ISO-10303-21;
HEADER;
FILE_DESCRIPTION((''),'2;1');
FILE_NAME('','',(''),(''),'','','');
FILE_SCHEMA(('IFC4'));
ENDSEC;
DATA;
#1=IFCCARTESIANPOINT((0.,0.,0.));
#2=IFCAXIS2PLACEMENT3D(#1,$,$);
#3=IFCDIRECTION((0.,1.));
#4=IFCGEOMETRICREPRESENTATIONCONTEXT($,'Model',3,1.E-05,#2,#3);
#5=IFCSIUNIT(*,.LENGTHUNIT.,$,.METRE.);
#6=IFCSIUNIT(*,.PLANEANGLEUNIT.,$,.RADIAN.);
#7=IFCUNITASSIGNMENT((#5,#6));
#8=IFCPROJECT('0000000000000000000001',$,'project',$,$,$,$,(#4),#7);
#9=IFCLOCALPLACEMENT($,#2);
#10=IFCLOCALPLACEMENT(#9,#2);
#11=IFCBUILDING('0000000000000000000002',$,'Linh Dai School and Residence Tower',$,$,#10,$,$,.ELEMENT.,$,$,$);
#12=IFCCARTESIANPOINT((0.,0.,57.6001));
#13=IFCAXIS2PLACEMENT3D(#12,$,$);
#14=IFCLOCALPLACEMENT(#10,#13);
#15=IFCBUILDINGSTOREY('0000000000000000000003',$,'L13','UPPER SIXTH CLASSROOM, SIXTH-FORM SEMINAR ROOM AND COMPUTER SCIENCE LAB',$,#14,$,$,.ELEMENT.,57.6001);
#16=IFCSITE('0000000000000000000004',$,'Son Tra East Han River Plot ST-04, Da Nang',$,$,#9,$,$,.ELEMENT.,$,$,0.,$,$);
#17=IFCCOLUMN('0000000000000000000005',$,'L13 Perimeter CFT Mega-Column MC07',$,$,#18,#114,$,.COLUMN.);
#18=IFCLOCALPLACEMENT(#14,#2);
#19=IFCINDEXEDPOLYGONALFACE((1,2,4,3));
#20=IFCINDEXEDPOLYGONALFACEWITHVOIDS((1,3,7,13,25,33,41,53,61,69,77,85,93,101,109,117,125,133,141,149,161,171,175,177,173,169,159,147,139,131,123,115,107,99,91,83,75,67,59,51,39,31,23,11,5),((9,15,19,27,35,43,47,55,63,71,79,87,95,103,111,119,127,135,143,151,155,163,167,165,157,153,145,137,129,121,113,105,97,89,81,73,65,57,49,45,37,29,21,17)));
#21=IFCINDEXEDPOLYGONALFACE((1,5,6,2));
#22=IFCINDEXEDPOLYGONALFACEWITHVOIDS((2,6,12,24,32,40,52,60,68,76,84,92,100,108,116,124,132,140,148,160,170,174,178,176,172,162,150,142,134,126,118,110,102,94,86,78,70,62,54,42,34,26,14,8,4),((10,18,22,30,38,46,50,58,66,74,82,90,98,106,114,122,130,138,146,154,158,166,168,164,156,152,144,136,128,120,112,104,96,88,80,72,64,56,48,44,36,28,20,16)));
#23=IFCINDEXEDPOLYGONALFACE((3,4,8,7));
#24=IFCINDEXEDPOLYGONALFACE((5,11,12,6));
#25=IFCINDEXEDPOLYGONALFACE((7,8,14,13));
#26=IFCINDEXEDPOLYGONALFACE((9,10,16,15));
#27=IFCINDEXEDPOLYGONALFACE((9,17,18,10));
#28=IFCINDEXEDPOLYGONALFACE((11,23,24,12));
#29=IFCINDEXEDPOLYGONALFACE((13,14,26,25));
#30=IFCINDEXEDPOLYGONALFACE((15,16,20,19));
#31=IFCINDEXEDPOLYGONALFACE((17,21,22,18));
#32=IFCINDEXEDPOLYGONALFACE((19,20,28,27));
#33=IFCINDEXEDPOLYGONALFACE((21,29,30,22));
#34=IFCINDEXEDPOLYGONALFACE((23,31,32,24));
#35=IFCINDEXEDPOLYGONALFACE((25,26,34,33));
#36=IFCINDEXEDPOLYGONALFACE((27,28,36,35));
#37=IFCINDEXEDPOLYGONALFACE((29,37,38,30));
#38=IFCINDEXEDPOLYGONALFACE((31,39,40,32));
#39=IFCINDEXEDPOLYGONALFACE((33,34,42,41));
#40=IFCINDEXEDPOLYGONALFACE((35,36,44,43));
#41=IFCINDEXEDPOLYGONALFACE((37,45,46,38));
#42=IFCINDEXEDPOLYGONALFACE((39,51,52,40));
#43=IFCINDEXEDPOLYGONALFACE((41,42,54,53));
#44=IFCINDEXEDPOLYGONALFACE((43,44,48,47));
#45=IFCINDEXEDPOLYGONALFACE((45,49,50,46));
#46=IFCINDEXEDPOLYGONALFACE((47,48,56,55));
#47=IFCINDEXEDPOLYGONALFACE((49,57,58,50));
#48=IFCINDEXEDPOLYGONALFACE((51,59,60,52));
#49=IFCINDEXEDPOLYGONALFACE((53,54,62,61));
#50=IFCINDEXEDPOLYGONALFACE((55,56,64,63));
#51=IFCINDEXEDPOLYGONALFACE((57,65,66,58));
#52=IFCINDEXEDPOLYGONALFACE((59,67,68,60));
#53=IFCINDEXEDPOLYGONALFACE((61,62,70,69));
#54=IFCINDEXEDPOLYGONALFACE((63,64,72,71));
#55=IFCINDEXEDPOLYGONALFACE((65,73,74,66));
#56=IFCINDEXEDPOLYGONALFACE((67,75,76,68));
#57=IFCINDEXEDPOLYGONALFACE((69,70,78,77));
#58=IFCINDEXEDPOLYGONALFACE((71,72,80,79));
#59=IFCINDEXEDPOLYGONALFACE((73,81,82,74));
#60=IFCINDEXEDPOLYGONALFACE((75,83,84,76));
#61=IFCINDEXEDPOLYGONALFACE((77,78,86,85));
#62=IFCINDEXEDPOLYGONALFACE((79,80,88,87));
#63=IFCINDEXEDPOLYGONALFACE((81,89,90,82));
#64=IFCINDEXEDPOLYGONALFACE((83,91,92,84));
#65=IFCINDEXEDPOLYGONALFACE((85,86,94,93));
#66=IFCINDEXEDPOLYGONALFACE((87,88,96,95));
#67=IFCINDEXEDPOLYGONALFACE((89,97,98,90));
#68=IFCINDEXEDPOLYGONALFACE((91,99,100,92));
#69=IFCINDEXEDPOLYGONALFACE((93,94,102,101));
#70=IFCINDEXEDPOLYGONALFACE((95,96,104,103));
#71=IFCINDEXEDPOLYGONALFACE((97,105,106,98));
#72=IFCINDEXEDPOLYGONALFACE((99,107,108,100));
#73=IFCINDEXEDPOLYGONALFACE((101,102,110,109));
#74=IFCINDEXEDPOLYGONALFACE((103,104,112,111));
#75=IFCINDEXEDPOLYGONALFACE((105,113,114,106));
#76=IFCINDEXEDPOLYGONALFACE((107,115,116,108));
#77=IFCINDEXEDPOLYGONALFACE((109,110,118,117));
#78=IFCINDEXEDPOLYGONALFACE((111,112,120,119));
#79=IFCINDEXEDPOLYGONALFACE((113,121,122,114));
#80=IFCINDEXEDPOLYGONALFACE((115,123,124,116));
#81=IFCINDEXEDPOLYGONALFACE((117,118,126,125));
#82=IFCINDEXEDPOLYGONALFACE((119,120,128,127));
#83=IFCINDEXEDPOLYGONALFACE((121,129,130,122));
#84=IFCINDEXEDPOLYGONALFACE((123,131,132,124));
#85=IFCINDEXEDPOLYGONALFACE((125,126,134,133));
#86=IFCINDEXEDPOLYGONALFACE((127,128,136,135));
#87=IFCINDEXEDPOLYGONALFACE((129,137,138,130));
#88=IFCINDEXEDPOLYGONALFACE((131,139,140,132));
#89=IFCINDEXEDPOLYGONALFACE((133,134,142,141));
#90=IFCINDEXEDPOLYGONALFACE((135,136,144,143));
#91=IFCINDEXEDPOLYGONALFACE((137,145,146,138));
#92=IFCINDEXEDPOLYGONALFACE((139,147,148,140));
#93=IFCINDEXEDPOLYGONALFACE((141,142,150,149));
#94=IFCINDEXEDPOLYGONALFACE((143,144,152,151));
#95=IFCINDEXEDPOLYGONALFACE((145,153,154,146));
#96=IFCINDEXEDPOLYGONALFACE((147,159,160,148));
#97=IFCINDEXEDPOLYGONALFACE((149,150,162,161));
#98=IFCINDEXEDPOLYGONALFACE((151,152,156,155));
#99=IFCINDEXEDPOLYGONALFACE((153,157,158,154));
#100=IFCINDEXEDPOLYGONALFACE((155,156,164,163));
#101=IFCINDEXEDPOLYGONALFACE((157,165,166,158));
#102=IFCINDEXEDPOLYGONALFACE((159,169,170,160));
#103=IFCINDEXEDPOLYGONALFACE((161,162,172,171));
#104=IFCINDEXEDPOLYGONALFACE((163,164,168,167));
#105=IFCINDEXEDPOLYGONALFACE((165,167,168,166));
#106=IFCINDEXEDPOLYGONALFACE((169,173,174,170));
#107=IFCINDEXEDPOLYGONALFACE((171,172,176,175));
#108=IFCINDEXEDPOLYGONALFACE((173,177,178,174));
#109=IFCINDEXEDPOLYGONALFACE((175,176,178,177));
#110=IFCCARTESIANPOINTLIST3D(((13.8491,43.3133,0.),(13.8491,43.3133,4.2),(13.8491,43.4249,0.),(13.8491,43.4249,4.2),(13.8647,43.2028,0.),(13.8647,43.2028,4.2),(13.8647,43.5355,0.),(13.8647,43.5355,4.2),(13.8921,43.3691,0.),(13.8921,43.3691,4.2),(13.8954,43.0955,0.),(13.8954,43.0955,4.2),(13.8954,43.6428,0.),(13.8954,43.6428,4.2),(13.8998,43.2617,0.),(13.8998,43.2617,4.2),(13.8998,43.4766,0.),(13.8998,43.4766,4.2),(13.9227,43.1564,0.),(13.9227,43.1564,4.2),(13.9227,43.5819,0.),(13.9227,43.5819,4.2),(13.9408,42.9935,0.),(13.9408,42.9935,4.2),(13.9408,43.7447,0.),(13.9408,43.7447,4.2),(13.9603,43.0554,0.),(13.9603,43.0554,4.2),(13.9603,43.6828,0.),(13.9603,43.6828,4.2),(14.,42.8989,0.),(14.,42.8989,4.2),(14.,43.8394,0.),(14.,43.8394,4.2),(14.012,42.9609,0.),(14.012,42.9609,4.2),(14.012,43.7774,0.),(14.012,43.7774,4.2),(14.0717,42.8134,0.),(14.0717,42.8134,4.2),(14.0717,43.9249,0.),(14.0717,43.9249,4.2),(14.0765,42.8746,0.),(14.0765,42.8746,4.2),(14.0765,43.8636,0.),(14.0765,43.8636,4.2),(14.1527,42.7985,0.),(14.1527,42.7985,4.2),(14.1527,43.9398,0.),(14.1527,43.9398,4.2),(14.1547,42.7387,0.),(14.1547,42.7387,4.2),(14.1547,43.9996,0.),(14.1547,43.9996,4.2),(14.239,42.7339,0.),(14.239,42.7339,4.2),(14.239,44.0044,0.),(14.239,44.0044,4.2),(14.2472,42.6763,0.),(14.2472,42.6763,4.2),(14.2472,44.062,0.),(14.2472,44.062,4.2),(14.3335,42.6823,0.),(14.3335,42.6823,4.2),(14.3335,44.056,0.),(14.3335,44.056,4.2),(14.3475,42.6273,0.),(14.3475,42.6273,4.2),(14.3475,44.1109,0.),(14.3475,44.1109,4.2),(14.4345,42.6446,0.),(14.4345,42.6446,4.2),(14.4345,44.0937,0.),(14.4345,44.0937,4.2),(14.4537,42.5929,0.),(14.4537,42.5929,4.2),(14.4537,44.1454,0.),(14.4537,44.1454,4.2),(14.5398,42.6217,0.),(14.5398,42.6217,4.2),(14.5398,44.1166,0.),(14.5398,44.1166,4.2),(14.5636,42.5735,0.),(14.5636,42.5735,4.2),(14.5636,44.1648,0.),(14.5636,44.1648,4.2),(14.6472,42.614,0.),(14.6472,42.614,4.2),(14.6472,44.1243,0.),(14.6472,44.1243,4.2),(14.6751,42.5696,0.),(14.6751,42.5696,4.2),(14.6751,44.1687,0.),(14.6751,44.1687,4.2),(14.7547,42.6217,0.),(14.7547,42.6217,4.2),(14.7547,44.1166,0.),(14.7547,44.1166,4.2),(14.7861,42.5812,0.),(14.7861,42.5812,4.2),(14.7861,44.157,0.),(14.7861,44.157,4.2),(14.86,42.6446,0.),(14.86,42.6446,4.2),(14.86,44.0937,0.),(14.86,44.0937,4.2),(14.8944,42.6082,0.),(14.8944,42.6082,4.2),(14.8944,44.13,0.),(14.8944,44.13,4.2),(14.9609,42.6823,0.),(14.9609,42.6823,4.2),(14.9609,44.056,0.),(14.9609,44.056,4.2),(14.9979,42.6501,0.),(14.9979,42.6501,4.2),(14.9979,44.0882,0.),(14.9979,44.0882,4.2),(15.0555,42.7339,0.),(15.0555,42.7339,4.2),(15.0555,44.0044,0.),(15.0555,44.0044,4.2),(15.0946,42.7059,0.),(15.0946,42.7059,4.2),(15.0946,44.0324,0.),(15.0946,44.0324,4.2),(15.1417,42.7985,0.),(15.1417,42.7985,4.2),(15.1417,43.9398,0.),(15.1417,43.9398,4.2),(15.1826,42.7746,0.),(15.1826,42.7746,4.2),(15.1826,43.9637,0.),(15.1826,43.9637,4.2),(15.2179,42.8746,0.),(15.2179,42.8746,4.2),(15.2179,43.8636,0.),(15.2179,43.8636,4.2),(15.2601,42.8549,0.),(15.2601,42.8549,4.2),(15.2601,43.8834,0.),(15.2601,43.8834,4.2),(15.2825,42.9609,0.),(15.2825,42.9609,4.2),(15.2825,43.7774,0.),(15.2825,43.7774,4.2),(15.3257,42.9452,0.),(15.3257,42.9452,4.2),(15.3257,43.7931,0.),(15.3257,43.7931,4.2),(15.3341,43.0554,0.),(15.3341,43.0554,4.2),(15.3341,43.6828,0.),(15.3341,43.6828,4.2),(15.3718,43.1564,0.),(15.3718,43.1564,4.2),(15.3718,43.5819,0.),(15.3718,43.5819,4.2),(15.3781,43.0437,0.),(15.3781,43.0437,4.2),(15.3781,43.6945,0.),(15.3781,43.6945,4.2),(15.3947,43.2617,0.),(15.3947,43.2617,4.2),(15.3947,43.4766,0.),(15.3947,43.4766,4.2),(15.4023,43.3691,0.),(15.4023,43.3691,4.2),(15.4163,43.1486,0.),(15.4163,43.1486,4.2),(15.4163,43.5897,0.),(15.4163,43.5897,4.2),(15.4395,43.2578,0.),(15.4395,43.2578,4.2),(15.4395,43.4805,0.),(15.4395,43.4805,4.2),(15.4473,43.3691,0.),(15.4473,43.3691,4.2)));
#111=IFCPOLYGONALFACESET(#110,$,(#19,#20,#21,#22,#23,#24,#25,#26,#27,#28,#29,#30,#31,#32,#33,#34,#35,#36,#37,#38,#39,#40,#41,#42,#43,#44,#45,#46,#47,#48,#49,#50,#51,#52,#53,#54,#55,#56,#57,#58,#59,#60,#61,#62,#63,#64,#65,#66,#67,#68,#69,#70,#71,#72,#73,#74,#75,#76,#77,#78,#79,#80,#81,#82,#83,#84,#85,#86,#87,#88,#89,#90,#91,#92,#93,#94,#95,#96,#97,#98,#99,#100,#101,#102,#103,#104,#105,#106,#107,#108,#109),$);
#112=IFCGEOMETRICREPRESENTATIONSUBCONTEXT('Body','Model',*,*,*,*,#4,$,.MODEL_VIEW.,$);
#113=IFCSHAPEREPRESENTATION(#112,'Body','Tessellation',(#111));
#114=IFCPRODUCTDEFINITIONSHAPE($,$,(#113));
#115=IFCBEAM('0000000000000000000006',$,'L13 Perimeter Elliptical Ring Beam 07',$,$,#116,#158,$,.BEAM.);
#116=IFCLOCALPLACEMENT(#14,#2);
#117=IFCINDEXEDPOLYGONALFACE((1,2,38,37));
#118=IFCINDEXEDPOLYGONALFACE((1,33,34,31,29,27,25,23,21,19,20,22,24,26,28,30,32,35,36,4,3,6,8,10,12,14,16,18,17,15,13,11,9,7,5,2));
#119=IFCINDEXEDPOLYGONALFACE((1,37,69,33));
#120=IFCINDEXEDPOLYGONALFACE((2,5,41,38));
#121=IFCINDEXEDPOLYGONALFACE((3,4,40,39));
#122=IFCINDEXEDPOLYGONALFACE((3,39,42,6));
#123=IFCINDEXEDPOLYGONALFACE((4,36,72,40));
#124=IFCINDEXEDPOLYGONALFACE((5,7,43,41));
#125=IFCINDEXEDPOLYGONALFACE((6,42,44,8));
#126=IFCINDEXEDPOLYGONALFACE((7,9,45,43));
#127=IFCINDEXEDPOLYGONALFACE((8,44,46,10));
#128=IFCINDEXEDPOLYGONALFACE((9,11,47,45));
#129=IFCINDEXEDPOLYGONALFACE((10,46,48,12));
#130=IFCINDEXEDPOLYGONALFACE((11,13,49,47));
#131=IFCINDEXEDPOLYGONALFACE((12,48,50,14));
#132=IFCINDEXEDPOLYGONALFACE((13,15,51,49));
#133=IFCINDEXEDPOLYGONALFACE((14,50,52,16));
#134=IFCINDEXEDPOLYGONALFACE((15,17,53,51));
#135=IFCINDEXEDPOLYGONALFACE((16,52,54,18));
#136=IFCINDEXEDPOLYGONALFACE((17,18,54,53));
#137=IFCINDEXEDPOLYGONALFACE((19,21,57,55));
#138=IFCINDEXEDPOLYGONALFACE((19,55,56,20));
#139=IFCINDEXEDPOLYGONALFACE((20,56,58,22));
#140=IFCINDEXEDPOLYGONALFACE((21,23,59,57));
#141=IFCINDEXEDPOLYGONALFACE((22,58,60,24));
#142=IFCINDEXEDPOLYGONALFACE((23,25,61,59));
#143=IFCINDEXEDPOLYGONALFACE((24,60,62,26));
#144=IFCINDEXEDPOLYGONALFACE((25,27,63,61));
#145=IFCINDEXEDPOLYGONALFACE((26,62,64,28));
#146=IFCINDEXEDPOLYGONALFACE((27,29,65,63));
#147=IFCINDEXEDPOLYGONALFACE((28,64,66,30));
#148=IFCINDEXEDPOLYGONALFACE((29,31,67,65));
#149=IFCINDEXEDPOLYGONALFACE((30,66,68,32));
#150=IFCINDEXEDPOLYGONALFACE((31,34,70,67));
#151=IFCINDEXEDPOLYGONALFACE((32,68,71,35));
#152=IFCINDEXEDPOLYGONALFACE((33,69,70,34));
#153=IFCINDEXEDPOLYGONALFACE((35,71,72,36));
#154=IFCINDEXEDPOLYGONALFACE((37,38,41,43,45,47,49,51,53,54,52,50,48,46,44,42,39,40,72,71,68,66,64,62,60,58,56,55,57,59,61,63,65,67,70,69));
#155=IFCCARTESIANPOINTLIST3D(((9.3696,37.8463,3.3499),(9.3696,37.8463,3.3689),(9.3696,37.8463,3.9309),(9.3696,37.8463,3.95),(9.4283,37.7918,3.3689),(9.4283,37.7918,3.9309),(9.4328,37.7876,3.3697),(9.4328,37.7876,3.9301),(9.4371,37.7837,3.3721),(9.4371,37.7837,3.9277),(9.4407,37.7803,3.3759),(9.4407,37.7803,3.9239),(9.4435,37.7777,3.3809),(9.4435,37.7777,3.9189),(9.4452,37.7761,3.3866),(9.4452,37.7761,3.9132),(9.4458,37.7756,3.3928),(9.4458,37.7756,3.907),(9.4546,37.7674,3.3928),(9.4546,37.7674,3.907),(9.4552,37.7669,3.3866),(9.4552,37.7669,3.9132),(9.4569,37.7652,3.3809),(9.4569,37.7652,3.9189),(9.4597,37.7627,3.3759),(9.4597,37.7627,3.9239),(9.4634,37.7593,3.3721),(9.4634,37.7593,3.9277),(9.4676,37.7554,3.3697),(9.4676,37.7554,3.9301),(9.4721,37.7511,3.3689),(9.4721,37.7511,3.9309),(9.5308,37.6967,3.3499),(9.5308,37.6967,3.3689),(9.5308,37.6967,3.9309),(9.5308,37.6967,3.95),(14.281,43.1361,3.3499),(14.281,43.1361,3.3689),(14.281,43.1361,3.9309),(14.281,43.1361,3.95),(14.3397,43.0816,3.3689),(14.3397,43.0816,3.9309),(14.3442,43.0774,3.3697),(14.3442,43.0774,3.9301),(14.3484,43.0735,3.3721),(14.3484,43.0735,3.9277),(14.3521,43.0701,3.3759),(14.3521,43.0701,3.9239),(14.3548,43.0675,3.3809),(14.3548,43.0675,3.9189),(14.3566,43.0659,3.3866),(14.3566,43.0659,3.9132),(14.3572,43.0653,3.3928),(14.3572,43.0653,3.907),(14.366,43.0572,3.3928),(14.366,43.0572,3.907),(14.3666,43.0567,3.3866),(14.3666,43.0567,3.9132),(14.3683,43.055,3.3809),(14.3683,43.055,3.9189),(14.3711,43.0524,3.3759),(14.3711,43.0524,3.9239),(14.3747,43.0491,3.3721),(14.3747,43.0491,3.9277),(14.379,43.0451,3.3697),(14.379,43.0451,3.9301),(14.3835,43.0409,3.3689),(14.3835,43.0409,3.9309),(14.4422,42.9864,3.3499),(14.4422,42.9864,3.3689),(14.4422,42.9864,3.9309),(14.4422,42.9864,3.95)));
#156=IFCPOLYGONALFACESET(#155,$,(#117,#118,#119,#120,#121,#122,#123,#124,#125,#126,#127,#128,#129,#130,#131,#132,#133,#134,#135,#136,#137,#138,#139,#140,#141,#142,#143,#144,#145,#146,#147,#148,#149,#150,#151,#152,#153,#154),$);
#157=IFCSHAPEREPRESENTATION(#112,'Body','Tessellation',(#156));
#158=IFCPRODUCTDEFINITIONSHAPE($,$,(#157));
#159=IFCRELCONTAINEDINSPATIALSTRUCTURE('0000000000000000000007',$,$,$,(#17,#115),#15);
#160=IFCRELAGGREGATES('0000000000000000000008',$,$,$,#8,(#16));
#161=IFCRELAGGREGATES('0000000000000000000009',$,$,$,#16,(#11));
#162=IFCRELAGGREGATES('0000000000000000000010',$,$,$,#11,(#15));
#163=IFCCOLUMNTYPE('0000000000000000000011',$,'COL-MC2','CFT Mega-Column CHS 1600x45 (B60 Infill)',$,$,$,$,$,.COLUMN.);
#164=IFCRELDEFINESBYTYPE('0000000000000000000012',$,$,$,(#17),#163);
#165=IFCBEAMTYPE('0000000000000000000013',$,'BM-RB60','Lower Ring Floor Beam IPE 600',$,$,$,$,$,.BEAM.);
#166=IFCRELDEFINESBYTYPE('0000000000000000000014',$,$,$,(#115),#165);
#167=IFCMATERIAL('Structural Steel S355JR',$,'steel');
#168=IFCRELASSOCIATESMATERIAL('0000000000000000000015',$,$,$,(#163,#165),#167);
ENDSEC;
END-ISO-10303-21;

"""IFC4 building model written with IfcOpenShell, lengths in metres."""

from ifc_helpers import new_model, si_unit, direction, frame, origin, origin_2d, place, context, subcontext, project, spatial, hollow_circle, i_section, extrude, material, material_profile, profile_set, type_object, element, save


model = new_model("IFC4")

# Units and contexts
model_context = context("Model", 3, precision=1e-05, world=origin(), true_north=direction((0.0, 1.0)))
body_context = subcontext(model_context, "Body", "Model", "MODEL_VIEW")
ifc_project = project(units=[si_unit("LENGTHUNIT", "METRE"), si_unit("PLANEANGLEUNIT", "RADIAN")], contexts=[model_context])

# Site, building, storey
site_placement = place(None, origin())
site = spatial("IfcSite", under=ifc_project, at=site_placement, Name="Son Tra East Han River Plot ST-04, Da Nang", CompositionType="ELEMENT", RefElevation=0.0)
building_placement = place(site_placement, origin())
building = spatial("IfcBuilding", under=site, at=building_placement, Name="Linh Dai School and Residence Tower", CompositionType="ELEMENT")
storey_placement = place(building_placement, frame((0.0, 0.0, 57.6001)))
storey = spatial("IfcBuildingStorey", under=building, at=storey_placement, Name="L13", Description="UPPER SIXTH CLASSROOM, SIXTH-FORM SEMINAR ROOM AND COMPUTER SCIENCE LAB", CompositionType="ELEMENT", Elevation=57.6001)

# Column
ifc_material_1 = material(Name="Structural Steel S355JR", Category="steel")
ifc_material_profile_1 = material_profile(ifc_material_1, hollow_circle(Radius=0.8, WallThickness=0.0449, at=origin_2d()), Name="CHS 1600x45")
ifc_profile_set_1 = profile_set([ifc_material_profile_1], Name="Structural Steel S355JR")
column_type = type_object("IfcColumnType", Name="COL-MC2", Description="CFT Mega-Column CHS 1600x45 (B60 Infill)", PredefinedType="COLUMN", material=ifc_profile_set_1)
column_placement = place(storey_placement, frame((14.6472, 43.3691, 0.0), z_axis=(0.0, 0.0, 1.0), x_axis=(1.0, 0.0, 0.0)))
element("IfcColumn", 1, at=column_placement, inside=storey, type_object=column_type, Name="L13 Perimeter CFT Mega-Column MC07", PredefinedType="COLUMN", context=body_context, shape_type="SweptSolid", body=[
    extrude(hollow_circle(Radius=0.8, WallThickness=0.0449, at=origin_2d()), origin(), (0.0, 0.0, 1.0), 4.2),
])

# Beam
ifc_material_profile_2 = material_profile(ifc_material_1, i_section(OverallWidth=0.22, OverallDepth=0.6001, WebThickness=0.012, FlangeThickness=0.019, FilletRadius=0.0239, at=origin_2d()), Name="IPE 600")
ifc_profile_set_2 = profile_set([ifc_material_profile_2], Name="Structural Steel S355JR")
beam_type_1 = type_object("IfcBeamType", Name="BM-RB60", Description="Lower Ring Floor Beam IPE 600", PredefinedType="BEAM", material=ifc_profile_set_2)
beam_1_placement = place(storey_placement, frame((14.3616, 43.0613, 3.6499), z_axis=(-0.680408, -0.732833, 0.0), x_axis=(0.732833, -0.680408, 0.0)))
element("IfcBeam", 2, at=beam_1_placement, inside=storey, type_object=beam_type_1, Name="L13 Perimeter Elliptical Ring Beam 07", PredefinedType="BEAM", context=body_context, shape_type="SweptSolid", body=[
    extrude(i_section(OverallWidth=0.22, OverallDepth=0.6001, WebThickness=0.012, FlangeThickness=0.019, FilletRadius=0.0239, at=origin_2d()), origin(), (0.0, 0.0, 1.0), 7.2183),
])

save(model, "model.ifc")
